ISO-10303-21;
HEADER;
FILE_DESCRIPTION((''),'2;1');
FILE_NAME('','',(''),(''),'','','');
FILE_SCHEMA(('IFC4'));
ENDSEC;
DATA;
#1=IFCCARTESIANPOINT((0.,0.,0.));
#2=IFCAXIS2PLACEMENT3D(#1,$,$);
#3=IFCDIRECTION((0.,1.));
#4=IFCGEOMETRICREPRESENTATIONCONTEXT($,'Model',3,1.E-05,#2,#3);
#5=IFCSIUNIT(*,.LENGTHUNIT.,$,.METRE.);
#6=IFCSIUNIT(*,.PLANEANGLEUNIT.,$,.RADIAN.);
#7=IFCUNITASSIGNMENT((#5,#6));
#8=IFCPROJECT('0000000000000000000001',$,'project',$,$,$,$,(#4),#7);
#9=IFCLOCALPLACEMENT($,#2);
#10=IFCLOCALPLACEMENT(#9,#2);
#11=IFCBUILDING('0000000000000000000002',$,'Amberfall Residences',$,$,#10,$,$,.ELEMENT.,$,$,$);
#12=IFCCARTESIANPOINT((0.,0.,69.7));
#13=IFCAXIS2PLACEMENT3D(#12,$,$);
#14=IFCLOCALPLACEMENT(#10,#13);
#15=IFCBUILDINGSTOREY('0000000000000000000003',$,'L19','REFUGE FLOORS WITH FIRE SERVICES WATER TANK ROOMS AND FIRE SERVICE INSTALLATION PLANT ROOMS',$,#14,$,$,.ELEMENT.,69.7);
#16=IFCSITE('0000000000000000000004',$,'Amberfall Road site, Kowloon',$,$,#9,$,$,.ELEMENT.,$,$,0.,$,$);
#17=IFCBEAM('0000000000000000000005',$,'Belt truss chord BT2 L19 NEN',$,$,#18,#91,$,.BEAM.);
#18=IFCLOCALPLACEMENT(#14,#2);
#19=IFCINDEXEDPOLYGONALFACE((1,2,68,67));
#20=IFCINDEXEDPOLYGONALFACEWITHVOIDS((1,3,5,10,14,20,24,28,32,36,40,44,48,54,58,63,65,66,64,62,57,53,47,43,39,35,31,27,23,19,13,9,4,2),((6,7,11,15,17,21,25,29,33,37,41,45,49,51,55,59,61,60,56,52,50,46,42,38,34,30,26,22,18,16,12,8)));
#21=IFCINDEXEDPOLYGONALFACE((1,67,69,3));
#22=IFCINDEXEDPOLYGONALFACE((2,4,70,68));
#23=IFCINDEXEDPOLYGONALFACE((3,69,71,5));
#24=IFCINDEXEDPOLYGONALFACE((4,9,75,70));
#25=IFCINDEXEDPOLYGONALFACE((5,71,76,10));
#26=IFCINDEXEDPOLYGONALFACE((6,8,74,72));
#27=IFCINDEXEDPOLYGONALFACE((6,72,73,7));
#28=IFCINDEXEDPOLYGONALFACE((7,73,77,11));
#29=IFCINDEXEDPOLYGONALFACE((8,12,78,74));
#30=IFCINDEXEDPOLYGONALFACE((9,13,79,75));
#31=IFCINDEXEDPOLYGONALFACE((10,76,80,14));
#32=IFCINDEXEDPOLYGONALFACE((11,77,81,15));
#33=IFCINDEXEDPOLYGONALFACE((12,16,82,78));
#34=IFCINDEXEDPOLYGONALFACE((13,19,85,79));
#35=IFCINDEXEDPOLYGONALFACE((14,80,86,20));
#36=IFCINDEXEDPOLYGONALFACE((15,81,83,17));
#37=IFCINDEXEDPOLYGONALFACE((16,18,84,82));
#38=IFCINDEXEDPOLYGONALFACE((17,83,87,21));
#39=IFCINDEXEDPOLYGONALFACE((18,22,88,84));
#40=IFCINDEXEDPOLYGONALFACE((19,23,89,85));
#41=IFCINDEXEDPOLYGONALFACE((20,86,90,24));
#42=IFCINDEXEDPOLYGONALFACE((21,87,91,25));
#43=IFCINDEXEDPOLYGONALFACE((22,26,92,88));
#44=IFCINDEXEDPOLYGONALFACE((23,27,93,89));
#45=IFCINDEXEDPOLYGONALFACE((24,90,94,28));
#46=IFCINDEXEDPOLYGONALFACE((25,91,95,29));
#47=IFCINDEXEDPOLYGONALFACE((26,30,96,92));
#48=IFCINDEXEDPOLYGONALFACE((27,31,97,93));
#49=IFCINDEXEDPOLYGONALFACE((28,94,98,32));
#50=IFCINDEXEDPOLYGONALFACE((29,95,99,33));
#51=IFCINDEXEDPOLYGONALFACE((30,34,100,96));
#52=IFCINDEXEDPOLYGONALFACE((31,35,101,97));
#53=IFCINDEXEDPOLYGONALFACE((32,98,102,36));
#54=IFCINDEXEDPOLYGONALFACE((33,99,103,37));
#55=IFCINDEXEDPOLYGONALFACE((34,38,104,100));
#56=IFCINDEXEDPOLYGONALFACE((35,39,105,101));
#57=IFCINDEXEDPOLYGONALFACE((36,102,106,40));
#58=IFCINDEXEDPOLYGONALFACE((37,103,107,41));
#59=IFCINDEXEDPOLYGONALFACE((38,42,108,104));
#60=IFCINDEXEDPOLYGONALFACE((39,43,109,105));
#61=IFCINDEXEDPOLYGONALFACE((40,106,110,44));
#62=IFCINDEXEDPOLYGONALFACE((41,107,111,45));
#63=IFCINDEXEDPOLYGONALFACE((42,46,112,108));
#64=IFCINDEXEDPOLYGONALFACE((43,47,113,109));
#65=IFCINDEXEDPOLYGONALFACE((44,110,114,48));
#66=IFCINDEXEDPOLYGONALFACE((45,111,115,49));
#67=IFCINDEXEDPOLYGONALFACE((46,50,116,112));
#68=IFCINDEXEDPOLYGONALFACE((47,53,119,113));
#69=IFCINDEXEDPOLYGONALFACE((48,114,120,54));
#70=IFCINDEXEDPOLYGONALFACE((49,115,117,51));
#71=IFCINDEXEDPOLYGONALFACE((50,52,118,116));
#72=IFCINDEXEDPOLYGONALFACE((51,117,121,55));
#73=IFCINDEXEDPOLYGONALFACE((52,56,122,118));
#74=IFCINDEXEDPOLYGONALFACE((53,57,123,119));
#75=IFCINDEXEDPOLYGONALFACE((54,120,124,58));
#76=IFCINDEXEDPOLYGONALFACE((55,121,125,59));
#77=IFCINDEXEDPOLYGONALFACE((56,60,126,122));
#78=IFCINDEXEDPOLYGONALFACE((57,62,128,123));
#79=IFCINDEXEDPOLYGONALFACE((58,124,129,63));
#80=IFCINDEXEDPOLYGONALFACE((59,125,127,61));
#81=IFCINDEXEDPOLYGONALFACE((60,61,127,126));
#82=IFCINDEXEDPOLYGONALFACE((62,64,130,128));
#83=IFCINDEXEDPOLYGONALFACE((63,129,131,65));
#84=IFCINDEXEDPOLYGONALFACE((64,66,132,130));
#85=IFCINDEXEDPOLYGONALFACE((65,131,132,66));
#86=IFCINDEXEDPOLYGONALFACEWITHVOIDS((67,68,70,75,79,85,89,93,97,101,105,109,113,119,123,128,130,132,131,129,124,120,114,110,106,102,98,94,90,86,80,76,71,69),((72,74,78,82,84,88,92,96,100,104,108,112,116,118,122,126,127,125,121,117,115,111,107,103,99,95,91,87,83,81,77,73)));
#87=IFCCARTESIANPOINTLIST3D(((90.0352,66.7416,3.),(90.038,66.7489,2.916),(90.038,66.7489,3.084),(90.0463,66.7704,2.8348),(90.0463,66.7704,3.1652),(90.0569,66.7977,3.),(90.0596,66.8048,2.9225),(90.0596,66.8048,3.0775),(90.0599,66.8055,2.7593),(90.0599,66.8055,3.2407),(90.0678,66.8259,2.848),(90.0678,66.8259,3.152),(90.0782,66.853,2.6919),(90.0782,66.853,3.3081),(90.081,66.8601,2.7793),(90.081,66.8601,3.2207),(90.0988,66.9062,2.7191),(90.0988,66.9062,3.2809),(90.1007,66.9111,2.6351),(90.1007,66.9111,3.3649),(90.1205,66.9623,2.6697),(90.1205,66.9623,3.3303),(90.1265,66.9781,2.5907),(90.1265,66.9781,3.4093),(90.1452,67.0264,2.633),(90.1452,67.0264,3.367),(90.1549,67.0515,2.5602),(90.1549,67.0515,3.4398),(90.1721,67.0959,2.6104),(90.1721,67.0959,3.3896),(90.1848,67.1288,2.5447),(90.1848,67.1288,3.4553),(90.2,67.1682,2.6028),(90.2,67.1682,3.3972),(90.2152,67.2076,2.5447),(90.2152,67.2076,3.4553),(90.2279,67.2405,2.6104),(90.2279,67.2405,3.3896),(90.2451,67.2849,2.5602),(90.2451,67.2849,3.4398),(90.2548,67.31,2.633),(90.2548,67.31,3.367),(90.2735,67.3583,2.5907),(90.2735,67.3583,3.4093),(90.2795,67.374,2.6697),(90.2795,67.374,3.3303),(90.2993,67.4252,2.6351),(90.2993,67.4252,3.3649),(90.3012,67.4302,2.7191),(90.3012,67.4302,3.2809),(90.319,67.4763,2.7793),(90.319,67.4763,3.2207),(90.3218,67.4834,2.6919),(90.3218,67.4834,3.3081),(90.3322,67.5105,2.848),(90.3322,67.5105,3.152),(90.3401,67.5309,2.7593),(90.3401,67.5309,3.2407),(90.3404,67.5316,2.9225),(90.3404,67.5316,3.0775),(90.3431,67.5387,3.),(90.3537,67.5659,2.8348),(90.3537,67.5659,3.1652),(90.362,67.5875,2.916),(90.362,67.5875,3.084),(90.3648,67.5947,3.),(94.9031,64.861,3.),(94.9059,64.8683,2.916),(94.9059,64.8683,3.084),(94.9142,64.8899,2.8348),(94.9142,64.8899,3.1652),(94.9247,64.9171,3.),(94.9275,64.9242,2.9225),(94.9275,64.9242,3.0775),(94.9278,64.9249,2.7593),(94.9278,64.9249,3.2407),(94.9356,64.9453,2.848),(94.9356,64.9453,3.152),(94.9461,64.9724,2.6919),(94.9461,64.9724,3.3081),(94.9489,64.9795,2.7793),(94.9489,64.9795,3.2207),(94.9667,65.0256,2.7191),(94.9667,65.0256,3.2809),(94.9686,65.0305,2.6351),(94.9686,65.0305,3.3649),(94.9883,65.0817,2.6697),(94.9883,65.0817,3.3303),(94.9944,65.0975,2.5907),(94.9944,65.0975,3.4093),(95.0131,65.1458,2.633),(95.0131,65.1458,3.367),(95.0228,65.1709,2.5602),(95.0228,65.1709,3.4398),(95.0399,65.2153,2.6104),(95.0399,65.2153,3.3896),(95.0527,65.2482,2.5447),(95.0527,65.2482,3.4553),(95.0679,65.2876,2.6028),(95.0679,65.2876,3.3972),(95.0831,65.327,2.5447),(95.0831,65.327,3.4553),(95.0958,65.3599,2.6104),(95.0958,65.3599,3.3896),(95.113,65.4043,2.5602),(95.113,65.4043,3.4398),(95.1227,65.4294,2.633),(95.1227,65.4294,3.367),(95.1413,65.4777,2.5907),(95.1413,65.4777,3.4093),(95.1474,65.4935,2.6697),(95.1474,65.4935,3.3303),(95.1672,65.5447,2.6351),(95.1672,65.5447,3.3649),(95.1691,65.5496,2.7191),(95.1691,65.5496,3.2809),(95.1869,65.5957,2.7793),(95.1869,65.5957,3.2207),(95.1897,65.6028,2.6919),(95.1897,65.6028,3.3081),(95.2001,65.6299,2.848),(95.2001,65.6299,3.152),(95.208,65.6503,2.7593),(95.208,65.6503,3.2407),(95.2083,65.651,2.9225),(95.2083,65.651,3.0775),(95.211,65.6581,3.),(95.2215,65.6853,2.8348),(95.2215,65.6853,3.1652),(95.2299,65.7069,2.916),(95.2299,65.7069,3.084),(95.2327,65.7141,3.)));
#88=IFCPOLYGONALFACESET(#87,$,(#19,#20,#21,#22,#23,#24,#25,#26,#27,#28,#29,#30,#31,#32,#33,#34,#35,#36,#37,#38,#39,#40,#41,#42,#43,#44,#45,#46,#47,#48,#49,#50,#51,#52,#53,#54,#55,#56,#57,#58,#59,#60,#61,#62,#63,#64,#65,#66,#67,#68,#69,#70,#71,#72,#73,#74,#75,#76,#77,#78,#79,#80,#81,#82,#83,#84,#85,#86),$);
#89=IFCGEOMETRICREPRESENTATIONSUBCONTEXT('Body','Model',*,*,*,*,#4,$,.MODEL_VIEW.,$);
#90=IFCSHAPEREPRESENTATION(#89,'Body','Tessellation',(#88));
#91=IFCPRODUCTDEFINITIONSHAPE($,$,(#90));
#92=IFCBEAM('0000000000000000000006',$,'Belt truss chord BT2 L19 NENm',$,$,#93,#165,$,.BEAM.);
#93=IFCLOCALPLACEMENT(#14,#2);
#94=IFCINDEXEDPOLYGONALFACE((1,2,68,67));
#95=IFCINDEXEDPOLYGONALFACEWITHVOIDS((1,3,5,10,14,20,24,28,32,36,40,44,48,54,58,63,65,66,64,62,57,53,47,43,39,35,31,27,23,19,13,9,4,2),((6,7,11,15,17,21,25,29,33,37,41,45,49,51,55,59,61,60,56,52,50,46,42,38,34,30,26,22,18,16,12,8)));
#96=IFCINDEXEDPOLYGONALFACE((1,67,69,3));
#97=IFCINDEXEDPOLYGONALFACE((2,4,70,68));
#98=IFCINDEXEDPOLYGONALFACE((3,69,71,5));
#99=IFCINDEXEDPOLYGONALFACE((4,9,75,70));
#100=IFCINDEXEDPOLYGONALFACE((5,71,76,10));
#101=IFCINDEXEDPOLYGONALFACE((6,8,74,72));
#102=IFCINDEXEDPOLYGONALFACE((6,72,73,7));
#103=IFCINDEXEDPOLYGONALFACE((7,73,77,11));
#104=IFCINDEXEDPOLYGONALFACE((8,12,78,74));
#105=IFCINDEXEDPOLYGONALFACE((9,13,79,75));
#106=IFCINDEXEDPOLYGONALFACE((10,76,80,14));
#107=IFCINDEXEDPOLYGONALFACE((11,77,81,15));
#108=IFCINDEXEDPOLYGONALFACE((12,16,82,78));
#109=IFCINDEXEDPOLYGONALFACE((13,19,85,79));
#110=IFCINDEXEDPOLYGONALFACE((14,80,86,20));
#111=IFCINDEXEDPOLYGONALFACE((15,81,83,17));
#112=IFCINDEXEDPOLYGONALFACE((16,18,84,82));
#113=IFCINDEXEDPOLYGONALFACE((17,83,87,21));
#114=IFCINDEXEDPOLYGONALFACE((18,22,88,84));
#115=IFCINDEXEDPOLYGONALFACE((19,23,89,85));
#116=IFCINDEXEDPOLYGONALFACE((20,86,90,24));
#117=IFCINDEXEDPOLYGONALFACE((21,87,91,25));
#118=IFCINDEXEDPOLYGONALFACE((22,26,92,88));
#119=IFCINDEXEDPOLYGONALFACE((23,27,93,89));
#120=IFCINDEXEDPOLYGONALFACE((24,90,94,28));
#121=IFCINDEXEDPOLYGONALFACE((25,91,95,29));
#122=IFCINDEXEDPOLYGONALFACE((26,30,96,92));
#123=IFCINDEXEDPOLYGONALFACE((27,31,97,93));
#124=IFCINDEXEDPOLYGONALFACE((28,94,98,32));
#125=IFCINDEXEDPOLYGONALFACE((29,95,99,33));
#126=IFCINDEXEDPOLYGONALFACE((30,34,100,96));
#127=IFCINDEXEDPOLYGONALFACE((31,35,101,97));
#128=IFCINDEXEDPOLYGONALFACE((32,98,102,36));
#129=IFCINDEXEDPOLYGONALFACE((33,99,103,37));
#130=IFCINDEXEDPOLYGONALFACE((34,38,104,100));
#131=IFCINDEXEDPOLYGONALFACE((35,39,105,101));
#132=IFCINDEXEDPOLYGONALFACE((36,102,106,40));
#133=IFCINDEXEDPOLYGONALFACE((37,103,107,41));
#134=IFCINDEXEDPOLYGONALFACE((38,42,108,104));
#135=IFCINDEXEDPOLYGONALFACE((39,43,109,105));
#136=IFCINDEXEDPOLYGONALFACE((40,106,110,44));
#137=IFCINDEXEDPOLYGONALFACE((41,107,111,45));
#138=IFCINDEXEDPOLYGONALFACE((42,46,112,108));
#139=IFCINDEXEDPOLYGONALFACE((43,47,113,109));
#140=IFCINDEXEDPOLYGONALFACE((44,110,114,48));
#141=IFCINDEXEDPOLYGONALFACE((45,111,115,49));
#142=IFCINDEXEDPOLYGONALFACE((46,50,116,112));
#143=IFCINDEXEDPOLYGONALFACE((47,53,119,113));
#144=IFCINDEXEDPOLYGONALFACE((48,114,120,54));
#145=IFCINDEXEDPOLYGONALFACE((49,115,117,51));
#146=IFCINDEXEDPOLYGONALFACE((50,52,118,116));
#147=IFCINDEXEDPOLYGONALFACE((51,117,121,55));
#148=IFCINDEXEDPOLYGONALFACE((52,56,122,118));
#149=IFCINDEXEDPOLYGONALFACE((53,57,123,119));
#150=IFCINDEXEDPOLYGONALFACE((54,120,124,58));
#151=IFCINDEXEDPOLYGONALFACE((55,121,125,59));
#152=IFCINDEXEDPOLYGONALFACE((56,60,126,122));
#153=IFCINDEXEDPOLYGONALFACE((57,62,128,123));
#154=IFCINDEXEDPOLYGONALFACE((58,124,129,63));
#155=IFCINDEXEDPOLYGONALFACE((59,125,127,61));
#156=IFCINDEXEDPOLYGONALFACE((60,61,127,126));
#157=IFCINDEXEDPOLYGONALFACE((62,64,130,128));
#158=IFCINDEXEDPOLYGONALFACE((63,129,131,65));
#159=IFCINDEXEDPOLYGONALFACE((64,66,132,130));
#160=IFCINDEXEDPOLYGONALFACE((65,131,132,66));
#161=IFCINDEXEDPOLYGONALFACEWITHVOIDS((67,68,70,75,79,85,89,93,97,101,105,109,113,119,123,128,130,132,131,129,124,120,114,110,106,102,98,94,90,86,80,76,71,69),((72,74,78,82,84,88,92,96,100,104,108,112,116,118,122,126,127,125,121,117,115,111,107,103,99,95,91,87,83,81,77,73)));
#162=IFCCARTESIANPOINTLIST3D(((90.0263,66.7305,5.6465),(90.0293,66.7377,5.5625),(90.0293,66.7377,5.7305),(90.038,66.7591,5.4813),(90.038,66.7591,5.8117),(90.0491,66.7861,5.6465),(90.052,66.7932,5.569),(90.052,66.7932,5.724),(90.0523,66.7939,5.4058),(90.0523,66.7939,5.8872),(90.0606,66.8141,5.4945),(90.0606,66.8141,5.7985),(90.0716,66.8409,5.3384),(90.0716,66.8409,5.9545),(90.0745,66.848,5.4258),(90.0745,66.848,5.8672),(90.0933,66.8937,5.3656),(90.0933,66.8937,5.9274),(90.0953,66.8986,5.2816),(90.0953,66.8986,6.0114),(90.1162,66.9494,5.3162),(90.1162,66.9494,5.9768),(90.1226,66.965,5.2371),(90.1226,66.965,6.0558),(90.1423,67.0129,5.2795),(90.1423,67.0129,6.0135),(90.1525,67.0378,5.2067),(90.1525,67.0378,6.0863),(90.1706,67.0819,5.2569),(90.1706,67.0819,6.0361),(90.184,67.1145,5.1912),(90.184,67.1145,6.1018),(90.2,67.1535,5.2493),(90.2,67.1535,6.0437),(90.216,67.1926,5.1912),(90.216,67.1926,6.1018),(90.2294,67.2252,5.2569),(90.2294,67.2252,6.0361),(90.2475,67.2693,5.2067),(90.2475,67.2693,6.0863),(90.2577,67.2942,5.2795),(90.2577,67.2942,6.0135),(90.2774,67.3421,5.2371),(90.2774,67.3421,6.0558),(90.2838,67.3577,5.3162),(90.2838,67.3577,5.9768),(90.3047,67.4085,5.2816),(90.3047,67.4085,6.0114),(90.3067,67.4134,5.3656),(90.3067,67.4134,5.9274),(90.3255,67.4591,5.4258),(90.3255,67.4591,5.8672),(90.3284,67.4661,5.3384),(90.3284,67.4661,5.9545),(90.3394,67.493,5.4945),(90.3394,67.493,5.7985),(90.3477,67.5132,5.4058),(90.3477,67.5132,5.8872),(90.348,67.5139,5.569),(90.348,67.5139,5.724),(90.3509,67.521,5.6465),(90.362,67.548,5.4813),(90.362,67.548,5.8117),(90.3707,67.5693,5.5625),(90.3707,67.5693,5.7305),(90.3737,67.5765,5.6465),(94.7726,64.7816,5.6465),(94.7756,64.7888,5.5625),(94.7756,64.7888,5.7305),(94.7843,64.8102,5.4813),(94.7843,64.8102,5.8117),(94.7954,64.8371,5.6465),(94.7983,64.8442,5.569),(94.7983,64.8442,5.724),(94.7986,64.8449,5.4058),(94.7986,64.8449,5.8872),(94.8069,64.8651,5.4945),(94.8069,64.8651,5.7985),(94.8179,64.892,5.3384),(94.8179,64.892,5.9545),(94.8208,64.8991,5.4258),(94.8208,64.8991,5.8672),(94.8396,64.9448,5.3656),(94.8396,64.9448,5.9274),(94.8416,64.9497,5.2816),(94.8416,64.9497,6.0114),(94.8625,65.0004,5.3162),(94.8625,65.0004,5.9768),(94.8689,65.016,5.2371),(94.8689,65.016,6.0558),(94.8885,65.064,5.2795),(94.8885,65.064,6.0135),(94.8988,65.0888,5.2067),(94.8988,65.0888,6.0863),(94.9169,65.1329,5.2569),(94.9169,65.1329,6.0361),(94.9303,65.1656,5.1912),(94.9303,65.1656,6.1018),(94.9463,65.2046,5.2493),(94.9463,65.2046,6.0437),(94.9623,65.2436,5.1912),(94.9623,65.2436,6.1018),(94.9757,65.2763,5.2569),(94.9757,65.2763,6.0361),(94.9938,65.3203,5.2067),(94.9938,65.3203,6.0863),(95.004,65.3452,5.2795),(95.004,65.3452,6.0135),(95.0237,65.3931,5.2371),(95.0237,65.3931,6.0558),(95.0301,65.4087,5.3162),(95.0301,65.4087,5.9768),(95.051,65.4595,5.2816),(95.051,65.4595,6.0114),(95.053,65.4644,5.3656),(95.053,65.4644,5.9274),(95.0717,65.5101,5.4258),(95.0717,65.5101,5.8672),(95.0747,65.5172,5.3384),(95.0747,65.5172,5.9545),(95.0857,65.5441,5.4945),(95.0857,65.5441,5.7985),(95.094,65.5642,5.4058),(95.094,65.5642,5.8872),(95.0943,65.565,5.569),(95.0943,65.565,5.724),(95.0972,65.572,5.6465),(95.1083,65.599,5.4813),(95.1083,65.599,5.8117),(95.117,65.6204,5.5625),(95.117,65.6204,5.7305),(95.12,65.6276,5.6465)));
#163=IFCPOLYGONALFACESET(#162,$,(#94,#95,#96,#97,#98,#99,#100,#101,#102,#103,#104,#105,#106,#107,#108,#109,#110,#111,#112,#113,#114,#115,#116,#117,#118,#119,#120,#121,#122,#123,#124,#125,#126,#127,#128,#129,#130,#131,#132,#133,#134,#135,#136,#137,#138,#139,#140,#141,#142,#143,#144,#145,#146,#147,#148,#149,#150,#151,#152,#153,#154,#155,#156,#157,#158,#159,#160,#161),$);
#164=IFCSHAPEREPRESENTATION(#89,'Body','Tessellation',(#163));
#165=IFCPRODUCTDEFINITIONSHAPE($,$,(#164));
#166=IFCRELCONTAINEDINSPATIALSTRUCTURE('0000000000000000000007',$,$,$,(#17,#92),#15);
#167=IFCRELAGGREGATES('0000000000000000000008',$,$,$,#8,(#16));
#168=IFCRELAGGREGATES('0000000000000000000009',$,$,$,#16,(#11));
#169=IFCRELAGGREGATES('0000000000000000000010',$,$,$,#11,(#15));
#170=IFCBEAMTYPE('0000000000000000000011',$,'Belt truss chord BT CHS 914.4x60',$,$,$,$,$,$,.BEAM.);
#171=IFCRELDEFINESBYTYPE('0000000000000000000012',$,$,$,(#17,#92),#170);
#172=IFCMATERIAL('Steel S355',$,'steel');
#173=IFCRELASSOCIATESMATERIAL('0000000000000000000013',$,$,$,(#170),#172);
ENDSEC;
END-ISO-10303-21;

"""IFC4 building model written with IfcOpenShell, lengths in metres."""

from ifc_helpers import new_model, si_unit, direction, frame, origin, origin_2d, place, context, subcontext, project, spatial, hollow_circle, extrude, material, material_profile, profile_set, type_object, element, save


model = new_model("IFC4")

# Units and contexts
model_context = context("Model", 3, precision=1e-05, world=origin(), true_north=direction((0.0, 1.0)))
body_context = subcontext(model_context, "Body", "Model", "MODEL_VIEW")
ifc_project = project(units=[si_unit("LENGTHUNIT", "METRE"), si_unit("PLANEANGLEUNIT", "RADIAN")], contexts=[model_context])

# Site, building, storey
site_placement = place(None, origin())
site = spatial("IfcSite", under=ifc_project, at=site_placement, Name="Amberfall Road site, Kowloon", CompositionType="ELEMENT", RefElevation=0.0)
building_placement = place(site_placement, origin())
building = spatial("IfcBuilding", under=site, at=building_placement, Name="Amberfall Residences", CompositionType="ELEMENT")
storey_placement = place(building_placement, frame((0.0, 0.0, 69.7)))
storey = spatial("IfcBuildingStorey", under=building, at=storey_placement, Name="L19", Description="REFUGE FLOORS WITH FIRE SERVICES WATER TANK ROOMS AND FIRE SERVICE INSTALLATION PLANT ROOMS", CompositionType="ELEMENT", Elevation=69.7)

# Beams
ifc_material_1 = material(Name="Steel S355", Category="steel")
ifc_material_profile_1 = material_profile(ifc_material_1, hollow_circle(Radius=0.4573, WallThickness=0.0601, at=origin_2d()), Name="CHS 914.4x60")
ifc_profile_set_1 = profile_set([ifc_material_profile_1], Name="Steel S355")
beam_type_1 = type_object("IfcBeamType", Name="Belt truss chord BT CHS 914.4x60", PredefinedType="BEAM", material=ifc_profile_set_1)
beam_1_placement = place(storey_placement, frame((95.0679, 65.2876, 3.0), z_axis=(-0.932809, 0.360371, 0.0), x_axis=(-0.360371, -0.932809, 0.0)))
element("IfcBeam", 1, at=beam_1_placement, inside=storey, type_object=beam_type_1, Name="Belt truss chord BT2 L19 NEN", PredefinedType="BEAM", context=body_context, shape_type="SweptSolid", body=[
    extrude(hollow_circle(Radius=0.4573, WallThickness=0.0601, at=origin_2d()), origin(), (0.0, 0.0, 1.0), 5.2185),
])
beam_2_placement = place(storey_placement, frame((94.9463, 65.2046, 5.6465), z_axis=(-0.925048, 0.37985, 0.0), x_axis=(-0.37985, -0.925048, 0.0)))
element("IfcBeam", 2, at=beam_2_placement, inside=storey, type_object=beam_type_1, Name="Belt truss chord BT2 L19 NENm", PredefinedType="BEAM", context=body_context, shape_type="SweptSolid", body=[
    extrude(hollow_circle(Radius=0.4573, WallThickness=0.0601, at=origin_2d()), origin(), (0.0, 0.0, 1.0), 5.1309),
])

save(model, "model.ifc")
